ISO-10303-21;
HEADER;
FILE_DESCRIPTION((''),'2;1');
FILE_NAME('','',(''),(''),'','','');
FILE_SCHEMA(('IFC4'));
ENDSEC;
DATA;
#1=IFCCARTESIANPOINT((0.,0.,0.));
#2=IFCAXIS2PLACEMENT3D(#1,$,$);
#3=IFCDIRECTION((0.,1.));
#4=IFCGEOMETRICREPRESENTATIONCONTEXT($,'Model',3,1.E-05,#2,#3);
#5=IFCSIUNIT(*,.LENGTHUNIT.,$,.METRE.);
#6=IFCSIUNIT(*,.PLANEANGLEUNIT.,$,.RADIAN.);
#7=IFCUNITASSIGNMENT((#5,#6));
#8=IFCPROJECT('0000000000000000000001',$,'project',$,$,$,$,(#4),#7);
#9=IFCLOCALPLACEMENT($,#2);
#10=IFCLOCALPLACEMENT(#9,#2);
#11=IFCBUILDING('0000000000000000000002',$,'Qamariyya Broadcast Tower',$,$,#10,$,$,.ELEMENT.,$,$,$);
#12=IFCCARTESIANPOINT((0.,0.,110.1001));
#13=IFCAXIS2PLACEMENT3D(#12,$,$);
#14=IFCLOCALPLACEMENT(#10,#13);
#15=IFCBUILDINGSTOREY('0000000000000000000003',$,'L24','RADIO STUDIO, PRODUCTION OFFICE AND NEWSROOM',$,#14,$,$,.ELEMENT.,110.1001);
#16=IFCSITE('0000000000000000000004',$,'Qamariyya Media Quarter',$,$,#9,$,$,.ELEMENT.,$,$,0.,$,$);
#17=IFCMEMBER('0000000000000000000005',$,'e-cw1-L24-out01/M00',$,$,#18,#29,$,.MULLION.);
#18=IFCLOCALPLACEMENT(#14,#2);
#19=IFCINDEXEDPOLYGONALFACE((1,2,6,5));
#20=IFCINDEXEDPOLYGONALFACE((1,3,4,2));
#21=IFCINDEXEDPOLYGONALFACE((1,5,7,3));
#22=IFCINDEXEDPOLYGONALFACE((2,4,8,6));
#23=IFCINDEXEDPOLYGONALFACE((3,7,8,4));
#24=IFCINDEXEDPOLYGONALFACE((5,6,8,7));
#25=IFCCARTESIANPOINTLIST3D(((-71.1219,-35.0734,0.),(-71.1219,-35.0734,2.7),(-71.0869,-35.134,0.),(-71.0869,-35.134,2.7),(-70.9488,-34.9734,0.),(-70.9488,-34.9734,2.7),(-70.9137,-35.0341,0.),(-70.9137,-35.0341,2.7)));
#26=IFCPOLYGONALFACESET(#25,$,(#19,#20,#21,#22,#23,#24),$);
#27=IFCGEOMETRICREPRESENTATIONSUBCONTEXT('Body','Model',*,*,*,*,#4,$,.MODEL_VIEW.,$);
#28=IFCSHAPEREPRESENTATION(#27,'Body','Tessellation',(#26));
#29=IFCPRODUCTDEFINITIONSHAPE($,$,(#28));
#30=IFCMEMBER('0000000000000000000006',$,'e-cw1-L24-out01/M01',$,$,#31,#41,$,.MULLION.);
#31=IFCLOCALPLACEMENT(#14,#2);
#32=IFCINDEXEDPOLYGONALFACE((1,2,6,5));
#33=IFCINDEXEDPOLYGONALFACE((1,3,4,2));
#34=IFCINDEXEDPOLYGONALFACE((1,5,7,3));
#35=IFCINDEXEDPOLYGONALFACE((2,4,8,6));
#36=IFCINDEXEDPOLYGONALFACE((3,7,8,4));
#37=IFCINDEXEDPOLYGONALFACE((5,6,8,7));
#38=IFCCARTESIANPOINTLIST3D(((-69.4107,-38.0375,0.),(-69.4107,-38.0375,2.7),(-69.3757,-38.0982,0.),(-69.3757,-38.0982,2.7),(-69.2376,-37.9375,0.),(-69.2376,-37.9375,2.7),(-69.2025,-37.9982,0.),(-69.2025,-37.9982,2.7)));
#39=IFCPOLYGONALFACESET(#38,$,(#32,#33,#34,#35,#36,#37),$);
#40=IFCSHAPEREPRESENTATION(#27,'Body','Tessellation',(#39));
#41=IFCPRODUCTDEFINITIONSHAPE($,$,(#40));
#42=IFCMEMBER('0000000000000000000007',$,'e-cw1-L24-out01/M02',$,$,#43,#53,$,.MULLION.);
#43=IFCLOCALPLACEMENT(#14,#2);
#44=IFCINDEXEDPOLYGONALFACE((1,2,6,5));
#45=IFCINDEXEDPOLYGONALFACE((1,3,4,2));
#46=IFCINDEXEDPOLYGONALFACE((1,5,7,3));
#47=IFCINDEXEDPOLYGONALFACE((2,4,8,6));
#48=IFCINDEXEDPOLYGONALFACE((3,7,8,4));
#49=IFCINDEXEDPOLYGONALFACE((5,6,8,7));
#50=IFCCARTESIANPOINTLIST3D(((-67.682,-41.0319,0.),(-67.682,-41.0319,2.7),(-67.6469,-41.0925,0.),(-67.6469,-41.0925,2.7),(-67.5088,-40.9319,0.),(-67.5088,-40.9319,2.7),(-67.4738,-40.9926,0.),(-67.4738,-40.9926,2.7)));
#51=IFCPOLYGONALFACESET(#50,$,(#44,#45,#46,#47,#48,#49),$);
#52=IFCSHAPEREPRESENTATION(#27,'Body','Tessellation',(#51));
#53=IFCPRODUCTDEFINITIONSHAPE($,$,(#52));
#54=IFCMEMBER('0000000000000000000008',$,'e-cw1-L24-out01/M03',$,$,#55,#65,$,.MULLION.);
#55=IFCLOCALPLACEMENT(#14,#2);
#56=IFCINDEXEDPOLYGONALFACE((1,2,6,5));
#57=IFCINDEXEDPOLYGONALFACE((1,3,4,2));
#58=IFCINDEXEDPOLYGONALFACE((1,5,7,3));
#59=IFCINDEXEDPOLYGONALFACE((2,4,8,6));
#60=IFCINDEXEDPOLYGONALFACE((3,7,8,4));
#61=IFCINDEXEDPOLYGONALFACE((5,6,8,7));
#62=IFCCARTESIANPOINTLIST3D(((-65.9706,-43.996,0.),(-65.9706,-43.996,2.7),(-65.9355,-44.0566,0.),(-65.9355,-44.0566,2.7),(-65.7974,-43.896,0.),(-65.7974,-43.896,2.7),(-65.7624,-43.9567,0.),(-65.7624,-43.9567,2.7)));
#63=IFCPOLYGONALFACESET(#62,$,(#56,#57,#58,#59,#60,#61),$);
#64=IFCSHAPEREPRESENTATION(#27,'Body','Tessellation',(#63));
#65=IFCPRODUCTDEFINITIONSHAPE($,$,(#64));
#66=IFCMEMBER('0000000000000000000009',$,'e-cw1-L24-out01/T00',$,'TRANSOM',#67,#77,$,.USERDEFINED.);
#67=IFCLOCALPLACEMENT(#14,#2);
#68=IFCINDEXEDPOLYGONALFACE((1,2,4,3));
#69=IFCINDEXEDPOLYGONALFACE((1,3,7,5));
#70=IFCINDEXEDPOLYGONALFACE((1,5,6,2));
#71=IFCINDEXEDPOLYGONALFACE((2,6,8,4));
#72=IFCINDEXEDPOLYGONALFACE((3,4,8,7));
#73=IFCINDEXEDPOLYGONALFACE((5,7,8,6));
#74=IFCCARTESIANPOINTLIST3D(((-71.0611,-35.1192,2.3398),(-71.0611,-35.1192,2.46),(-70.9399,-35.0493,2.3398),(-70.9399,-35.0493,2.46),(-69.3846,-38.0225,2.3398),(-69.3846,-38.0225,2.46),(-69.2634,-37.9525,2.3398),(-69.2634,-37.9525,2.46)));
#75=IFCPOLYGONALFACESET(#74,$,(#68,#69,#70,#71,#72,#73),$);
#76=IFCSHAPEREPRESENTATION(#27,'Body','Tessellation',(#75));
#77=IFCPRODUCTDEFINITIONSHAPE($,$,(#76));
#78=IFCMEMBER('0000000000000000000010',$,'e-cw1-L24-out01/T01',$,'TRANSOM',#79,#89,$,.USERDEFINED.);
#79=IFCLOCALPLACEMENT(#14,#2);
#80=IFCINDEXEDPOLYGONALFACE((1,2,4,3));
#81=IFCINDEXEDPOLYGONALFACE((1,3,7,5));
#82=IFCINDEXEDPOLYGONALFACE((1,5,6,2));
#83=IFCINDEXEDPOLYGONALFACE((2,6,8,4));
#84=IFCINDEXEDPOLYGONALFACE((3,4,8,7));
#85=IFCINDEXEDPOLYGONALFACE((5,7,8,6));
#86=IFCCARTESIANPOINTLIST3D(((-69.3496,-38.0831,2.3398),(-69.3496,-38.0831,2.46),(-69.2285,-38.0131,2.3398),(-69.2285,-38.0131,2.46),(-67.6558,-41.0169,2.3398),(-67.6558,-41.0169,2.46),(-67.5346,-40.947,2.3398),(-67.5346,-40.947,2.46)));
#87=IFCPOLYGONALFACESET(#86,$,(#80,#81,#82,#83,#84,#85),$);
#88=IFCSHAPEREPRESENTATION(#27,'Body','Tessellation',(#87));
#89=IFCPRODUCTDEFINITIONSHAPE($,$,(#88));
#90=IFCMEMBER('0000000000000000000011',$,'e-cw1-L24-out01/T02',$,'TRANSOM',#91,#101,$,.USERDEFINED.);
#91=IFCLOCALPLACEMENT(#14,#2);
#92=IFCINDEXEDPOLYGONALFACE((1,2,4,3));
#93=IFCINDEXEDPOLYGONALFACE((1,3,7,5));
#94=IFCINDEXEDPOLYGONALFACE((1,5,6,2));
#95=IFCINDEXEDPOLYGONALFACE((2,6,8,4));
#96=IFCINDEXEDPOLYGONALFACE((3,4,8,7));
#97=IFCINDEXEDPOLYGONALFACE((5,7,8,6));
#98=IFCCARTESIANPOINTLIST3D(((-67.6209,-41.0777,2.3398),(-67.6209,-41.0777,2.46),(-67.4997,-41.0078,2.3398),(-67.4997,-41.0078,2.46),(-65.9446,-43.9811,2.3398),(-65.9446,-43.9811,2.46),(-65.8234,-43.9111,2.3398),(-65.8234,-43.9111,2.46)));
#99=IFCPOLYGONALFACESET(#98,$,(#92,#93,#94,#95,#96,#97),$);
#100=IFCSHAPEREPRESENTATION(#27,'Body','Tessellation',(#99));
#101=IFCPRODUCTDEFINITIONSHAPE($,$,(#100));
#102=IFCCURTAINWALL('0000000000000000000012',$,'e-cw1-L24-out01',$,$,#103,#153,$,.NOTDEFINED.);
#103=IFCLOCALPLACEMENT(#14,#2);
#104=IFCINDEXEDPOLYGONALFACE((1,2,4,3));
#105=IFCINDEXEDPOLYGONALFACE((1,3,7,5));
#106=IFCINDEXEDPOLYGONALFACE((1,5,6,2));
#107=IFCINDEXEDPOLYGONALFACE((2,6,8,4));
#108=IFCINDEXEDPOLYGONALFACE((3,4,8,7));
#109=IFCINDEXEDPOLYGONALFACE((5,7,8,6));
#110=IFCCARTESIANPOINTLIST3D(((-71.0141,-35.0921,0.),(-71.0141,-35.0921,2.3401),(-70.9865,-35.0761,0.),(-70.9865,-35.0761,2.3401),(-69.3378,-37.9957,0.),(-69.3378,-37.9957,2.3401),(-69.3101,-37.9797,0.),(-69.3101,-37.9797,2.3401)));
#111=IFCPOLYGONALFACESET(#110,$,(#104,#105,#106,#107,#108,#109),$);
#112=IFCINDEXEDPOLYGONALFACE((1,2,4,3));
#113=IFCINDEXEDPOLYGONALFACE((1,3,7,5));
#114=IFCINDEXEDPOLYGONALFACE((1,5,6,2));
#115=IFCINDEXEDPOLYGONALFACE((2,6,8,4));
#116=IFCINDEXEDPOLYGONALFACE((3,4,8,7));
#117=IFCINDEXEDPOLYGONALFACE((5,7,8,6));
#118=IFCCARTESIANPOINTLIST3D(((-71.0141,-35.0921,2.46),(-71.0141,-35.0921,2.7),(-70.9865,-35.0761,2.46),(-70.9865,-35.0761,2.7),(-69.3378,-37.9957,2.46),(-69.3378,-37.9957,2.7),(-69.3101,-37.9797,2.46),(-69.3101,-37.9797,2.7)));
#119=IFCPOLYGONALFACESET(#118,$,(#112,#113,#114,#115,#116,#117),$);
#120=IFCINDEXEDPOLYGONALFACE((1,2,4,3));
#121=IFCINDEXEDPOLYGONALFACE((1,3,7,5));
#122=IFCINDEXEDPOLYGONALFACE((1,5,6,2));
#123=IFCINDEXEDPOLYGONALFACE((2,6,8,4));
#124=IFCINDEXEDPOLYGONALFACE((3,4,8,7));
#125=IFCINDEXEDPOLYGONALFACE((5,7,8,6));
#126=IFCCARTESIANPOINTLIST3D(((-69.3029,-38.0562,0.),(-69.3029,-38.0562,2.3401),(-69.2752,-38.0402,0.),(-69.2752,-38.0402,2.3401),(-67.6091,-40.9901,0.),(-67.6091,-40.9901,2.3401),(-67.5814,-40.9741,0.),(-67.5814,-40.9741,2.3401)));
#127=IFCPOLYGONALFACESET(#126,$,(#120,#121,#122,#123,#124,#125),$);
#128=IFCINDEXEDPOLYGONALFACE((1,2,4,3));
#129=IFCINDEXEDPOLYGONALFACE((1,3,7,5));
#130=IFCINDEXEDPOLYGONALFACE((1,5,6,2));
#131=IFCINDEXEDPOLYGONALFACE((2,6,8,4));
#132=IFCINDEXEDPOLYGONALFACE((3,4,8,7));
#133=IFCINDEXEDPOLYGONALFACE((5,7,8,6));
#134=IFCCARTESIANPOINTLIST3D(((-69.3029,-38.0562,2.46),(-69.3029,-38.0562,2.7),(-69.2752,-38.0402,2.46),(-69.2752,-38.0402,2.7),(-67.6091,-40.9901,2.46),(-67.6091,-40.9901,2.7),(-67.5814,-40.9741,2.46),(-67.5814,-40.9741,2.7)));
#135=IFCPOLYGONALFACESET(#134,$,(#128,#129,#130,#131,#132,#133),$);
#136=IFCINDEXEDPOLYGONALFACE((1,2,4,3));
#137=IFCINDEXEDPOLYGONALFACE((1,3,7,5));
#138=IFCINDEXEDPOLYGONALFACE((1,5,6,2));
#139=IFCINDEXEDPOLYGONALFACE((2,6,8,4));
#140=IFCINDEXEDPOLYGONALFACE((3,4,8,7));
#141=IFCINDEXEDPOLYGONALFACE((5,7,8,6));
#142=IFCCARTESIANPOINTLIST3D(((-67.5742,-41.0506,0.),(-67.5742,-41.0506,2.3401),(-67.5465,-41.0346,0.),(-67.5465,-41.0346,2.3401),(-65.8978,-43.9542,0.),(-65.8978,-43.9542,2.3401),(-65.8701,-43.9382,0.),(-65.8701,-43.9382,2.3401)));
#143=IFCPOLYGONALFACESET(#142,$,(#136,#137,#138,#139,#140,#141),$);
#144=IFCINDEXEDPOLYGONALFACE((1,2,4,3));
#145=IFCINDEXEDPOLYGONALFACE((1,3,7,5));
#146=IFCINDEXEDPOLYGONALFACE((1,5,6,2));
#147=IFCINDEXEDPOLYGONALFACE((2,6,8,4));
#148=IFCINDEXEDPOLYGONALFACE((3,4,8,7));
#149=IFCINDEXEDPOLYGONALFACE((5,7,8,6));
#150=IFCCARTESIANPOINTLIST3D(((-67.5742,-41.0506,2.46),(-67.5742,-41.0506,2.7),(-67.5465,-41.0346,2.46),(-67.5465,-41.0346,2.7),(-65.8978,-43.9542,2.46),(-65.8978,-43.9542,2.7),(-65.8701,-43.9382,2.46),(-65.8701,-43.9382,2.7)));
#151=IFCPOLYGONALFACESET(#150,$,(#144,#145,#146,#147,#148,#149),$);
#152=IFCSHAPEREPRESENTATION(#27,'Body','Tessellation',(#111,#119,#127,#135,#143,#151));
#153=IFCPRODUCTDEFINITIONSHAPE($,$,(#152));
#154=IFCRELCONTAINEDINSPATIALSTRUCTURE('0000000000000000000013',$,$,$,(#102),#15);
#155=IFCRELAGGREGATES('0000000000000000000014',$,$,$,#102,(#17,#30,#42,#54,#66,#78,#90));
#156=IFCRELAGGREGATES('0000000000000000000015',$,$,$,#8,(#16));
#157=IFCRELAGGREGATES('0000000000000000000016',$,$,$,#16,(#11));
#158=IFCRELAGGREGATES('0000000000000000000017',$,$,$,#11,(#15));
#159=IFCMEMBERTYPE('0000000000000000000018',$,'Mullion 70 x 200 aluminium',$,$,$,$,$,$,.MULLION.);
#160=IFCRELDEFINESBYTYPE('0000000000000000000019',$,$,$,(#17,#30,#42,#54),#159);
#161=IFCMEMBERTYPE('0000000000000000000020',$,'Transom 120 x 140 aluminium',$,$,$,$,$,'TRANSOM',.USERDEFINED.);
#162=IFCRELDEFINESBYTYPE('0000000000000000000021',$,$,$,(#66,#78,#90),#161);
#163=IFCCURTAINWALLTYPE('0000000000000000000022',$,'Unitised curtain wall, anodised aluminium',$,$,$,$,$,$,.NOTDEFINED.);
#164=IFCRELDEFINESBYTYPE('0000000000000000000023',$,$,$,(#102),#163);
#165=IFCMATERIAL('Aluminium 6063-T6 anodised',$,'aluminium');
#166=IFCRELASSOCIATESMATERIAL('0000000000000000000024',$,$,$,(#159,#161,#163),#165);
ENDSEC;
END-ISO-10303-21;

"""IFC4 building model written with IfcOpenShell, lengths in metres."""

from ifc_helpers import new_model, si_unit, direction, frame, origin, origin_2d, place, context, subcontext, project, spatial, rectangle, extrude, material, material_profile, profile_set, type_object, element, aggregate, save


model = new_model("IFC4")

# Units and contexts
model_context = context("Model", 3, precision=1e-05, world=origin(), true_north=direction((0.0, 1.0)))
body_context = subcontext(model_context, "Body", "Model", "MODEL_VIEW")
ifc_project = project(units=[si_unit("LENGTHUNIT", "METRE"), si_unit("PLANEANGLEUNIT", "RADIAN")], contexts=[model_context])

# Members
ifc_material_1 = material(Name="Aluminium 6063-T6 anodised", Category="aluminium")
ifc_material_profile_1 = material_profile(ifc_material_1, rectangle(XDim=0.2, YDim=0.0701, at=origin_2d()))
ifc_profile_set_1 = profile_set([ifc_material_profile_1], Name="Aluminium 6063-T6 anodised")
member_type_1 = type_object("IfcMemberType", Name="Mullion 70 x 200 aluminium", PredefinedType="MULLION", material=ifc_profile_set_1)
site_placement = place(None, origin())
building_placement = place(site_placement, origin())
storey_placement = place(building_placement, frame((0.0, 0.0, 110.1001)))
member_1_placement = place(storey_placement, frame((-71.0178, -35.0537, 0.0), z_axis=(0.0, 0.0, 1.0), x_axis=(0.866025, 0.5, 0.0)))
member_1 = element("IfcMember", 1, at=member_1_placement, type_object=member_type_1, Name="e-cw1-L24-out01/M00", PredefinedType="MULLION", context=body_context, shape_type="SweptSolid", body=[
    extrude(rectangle(XDim=0.2, YDim=0.0701, at=origin_2d()), origin(), (0.0, 0.0, 1.0), 2.7),
])
member_2_placement = place(storey_placement, frame((-69.3066, -38.0178, 0.0), z_axis=(0.0, 0.0, 1.0), x_axis=(0.866025, 0.5, 0.0)))
member_2 = element("IfcMember", 2, at=member_2_placement, type_object=member_type_1, Name="e-cw1-L24-out01/M01", PredefinedType="MULLION", context=body_context, shape_type="SweptSolid", body=[
    extrude(rectangle(XDim=0.2, YDim=0.0701, at=origin_2d()), origin(), (0.0, 0.0, 1.0), 2.7),
])
member_3_placement = place(storey_placement, frame((-67.5779, -41.0122, 0.0), z_axis=(0.0, 0.0, 1.0), x_axis=(0.866025, 0.5, 0.0)))
member_3 = element("IfcMember", 3, at=member_3_placement, type_object=member_type_1, Name="e-cw1-L24-out01/M02", PredefinedType="MULLION", context=body_context, shape_type="SweptSolid", body=[
    extrude(rectangle(XDim=0.2, YDim=0.0701, at=origin_2d()), origin(), (0.0, 0.0, 1.0), 2.7),
])
member_4_placement = place(storey_placement, frame((-65.8665, -43.9763, 0.0), z_axis=(0.0, 0.0, 1.0), x_axis=(0.866025, 0.5, 0.0)))
member_4 = element("IfcMember", 4, at=member_4_placement, type_object=member_type_1, Name="e-cw1-L24-out01/M03", PredefinedType="MULLION", context=body_context, shape_type="SweptSolid", body=[
    extrude(rectangle(XDim=0.2, YDim=0.0701, at=origin_2d()), origin(), (0.0, 0.0, 1.0), 2.7),
])
ifc_material_profile_2 = material_profile(ifc_material_1, rectangle(XDim=0.1399, YDim=0.1201, at=origin_2d()))
ifc_profile_set_2 = profile_set([ifc_material_profile_2], Name="Aluminium 6063-T6 anodised")
member_type_2 = type_object("IfcMemberType", Name="Transom 120 x 140 aluminium", ElementType="TRANSOM", PredefinedType="USERDEFINED", material=ifc_profile_set_2)
member_5_placement = place(storey_placement, frame((-71.0005, -35.0842, 2.3999), z_axis=(0.500063, -0.865989, 0.0), x_axis=(0.865989, 0.500063, 0.0)))
member_5 = element("IfcMember", 5, at=member_5_placement, type_object=member_type_2, Name="e-cw1-L24-out01/T00", ObjectType="TRANSOM", PredefinedType="USERDEFINED", context=body_context, shape_type="SweptSolid", body=[
    extrude(rectangle(XDim=0.1399, YDim=0.1201, at=origin_2d()), origin(), (0.0, 0.0, 1.0), 3.3525),
])
member_6_placement = place(storey_placement, frame((-69.2891, -38.0481, 2.3999), z_axis=(0.499999, -0.866026, 0.0), x_axis=(0.866026, 0.499999, 0.0)))
member_6 = element("IfcMember", 6, at=member_6_placement, type_object=member_type_2, Name="e-cw1-L24-out01/T01", ObjectType="TRANSOM", PredefinedType="USERDEFINED", context=body_context, shape_type="SweptSolid", body=[
    extrude(rectangle(XDim=0.1399, YDim=0.1201, at=origin_2d()), origin(), (0.0, 0.0, 1.0), 3.3877),
])
member_7_placement = place(storey_placement, frame((-67.5603, -41.0427, 2.3999), z_axis=(0.500008, -0.866021, 0.0), x_axis=(0.866021, 0.500008, 0.0)))
member_7 = element("IfcMember", 7, at=member_7_placement, type_object=member_type_2, Name="e-cw1-L24-out01/T02", ObjectType="TRANSOM", PredefinedType="USERDEFINED", context=body_context, shape_type="SweptSolid", body=[
    extrude(rectangle(XDim=0.1399, YDim=0.1201, at=origin_2d()), origin(), (0.0, 0.0, 1.0), 3.3525),
])

# Site, building, storey
site = spatial("IfcSite", under=ifc_project, at=site_placement, Name="Qamariyya Media Quarter", CompositionType="ELEMENT", RefElevation=0.0)
building = spatial("IfcBuilding", under=site, at=building_placement, Name="Qamariyya Broadcast Tower", CompositionType="ELEMENT")
storey = spatial("IfcBuildingStorey", under=building, at=storey_placement, Name="L24", Description="RADIO STUDIO, PRODUCTION OFFICE AND NEWSROOM", CompositionType="ELEMENT", Elevation=110.1001)

# Curtain wall
curtain_wall_type = type_object("IfcCurtainWallType", Name="Unitised curtain wall, anodised aluminium", PredefinedType="NOTDEFINED", material=ifc_material_1)
curtain_wall_1_placement = place(storey_placement, origin())
curtain_wall_1 = element("IfcCurtainWall", 8, at=curtain_wall_1_placement, inside=storey, type_object=curtain_wall_type, Name="e-cw1-L24-out01", PredefinedType="NOTDEFINED", context=body_context, shape_type="SweptSolid", body=[
    extrude(rectangle(XDim=3.3528, YDim=0.032, at=origin_2d()), frame((-70.1621, -36.5359, 0.0), x_axis=(0.499997, -0.866027, 0.0)), (0.0, 0.0, 1.0), 2.3401),
    extrude(rectangle(XDim=3.3528, YDim=0.032, at=origin_2d()), frame((-70.1621, -36.5359, 2.46), x_axis=(0.499997, -0.866027, 0.0)), (0.0, 0.0, 1.0), 0.24),
    extrude(rectangle(XDim=3.3877, YDim=0.032, at=origin_2d()), frame((-68.4421, -39.5151, 0.0), x_axis=(0.499997, -0.866027, 0.0)), (0.0, 0.0, 1.0), 2.3401),
    extrude(rectangle(XDim=3.3877, YDim=0.032, at=origin_2d()), frame((-68.4421, -39.5151, 2.46), x_axis=(0.499997, -0.866027, 0.0)), (0.0, 0.0, 1.0), 0.24),
    extrude(rectangle(XDim=3.3528, YDim=0.032, at=origin_2d()), frame((-66.7222, -42.4944, 0.0), x_axis=(0.499997, -0.866027, 0.0)), (0.0, 0.0, 1.0), 2.3401),
    extrude(rectangle(XDim=3.3528, YDim=0.032, at=origin_2d()), frame((-66.7222, -42.4944, 2.46), x_axis=(0.499997, -0.866027, 0.0)), (0.0, 0.0, 1.0), 0.24),
])
aggregate(curtain_wall_1, [member_1, member_2, member_3, member_4, member_5, member_6, member_7])

save(model, "model.ifc")
